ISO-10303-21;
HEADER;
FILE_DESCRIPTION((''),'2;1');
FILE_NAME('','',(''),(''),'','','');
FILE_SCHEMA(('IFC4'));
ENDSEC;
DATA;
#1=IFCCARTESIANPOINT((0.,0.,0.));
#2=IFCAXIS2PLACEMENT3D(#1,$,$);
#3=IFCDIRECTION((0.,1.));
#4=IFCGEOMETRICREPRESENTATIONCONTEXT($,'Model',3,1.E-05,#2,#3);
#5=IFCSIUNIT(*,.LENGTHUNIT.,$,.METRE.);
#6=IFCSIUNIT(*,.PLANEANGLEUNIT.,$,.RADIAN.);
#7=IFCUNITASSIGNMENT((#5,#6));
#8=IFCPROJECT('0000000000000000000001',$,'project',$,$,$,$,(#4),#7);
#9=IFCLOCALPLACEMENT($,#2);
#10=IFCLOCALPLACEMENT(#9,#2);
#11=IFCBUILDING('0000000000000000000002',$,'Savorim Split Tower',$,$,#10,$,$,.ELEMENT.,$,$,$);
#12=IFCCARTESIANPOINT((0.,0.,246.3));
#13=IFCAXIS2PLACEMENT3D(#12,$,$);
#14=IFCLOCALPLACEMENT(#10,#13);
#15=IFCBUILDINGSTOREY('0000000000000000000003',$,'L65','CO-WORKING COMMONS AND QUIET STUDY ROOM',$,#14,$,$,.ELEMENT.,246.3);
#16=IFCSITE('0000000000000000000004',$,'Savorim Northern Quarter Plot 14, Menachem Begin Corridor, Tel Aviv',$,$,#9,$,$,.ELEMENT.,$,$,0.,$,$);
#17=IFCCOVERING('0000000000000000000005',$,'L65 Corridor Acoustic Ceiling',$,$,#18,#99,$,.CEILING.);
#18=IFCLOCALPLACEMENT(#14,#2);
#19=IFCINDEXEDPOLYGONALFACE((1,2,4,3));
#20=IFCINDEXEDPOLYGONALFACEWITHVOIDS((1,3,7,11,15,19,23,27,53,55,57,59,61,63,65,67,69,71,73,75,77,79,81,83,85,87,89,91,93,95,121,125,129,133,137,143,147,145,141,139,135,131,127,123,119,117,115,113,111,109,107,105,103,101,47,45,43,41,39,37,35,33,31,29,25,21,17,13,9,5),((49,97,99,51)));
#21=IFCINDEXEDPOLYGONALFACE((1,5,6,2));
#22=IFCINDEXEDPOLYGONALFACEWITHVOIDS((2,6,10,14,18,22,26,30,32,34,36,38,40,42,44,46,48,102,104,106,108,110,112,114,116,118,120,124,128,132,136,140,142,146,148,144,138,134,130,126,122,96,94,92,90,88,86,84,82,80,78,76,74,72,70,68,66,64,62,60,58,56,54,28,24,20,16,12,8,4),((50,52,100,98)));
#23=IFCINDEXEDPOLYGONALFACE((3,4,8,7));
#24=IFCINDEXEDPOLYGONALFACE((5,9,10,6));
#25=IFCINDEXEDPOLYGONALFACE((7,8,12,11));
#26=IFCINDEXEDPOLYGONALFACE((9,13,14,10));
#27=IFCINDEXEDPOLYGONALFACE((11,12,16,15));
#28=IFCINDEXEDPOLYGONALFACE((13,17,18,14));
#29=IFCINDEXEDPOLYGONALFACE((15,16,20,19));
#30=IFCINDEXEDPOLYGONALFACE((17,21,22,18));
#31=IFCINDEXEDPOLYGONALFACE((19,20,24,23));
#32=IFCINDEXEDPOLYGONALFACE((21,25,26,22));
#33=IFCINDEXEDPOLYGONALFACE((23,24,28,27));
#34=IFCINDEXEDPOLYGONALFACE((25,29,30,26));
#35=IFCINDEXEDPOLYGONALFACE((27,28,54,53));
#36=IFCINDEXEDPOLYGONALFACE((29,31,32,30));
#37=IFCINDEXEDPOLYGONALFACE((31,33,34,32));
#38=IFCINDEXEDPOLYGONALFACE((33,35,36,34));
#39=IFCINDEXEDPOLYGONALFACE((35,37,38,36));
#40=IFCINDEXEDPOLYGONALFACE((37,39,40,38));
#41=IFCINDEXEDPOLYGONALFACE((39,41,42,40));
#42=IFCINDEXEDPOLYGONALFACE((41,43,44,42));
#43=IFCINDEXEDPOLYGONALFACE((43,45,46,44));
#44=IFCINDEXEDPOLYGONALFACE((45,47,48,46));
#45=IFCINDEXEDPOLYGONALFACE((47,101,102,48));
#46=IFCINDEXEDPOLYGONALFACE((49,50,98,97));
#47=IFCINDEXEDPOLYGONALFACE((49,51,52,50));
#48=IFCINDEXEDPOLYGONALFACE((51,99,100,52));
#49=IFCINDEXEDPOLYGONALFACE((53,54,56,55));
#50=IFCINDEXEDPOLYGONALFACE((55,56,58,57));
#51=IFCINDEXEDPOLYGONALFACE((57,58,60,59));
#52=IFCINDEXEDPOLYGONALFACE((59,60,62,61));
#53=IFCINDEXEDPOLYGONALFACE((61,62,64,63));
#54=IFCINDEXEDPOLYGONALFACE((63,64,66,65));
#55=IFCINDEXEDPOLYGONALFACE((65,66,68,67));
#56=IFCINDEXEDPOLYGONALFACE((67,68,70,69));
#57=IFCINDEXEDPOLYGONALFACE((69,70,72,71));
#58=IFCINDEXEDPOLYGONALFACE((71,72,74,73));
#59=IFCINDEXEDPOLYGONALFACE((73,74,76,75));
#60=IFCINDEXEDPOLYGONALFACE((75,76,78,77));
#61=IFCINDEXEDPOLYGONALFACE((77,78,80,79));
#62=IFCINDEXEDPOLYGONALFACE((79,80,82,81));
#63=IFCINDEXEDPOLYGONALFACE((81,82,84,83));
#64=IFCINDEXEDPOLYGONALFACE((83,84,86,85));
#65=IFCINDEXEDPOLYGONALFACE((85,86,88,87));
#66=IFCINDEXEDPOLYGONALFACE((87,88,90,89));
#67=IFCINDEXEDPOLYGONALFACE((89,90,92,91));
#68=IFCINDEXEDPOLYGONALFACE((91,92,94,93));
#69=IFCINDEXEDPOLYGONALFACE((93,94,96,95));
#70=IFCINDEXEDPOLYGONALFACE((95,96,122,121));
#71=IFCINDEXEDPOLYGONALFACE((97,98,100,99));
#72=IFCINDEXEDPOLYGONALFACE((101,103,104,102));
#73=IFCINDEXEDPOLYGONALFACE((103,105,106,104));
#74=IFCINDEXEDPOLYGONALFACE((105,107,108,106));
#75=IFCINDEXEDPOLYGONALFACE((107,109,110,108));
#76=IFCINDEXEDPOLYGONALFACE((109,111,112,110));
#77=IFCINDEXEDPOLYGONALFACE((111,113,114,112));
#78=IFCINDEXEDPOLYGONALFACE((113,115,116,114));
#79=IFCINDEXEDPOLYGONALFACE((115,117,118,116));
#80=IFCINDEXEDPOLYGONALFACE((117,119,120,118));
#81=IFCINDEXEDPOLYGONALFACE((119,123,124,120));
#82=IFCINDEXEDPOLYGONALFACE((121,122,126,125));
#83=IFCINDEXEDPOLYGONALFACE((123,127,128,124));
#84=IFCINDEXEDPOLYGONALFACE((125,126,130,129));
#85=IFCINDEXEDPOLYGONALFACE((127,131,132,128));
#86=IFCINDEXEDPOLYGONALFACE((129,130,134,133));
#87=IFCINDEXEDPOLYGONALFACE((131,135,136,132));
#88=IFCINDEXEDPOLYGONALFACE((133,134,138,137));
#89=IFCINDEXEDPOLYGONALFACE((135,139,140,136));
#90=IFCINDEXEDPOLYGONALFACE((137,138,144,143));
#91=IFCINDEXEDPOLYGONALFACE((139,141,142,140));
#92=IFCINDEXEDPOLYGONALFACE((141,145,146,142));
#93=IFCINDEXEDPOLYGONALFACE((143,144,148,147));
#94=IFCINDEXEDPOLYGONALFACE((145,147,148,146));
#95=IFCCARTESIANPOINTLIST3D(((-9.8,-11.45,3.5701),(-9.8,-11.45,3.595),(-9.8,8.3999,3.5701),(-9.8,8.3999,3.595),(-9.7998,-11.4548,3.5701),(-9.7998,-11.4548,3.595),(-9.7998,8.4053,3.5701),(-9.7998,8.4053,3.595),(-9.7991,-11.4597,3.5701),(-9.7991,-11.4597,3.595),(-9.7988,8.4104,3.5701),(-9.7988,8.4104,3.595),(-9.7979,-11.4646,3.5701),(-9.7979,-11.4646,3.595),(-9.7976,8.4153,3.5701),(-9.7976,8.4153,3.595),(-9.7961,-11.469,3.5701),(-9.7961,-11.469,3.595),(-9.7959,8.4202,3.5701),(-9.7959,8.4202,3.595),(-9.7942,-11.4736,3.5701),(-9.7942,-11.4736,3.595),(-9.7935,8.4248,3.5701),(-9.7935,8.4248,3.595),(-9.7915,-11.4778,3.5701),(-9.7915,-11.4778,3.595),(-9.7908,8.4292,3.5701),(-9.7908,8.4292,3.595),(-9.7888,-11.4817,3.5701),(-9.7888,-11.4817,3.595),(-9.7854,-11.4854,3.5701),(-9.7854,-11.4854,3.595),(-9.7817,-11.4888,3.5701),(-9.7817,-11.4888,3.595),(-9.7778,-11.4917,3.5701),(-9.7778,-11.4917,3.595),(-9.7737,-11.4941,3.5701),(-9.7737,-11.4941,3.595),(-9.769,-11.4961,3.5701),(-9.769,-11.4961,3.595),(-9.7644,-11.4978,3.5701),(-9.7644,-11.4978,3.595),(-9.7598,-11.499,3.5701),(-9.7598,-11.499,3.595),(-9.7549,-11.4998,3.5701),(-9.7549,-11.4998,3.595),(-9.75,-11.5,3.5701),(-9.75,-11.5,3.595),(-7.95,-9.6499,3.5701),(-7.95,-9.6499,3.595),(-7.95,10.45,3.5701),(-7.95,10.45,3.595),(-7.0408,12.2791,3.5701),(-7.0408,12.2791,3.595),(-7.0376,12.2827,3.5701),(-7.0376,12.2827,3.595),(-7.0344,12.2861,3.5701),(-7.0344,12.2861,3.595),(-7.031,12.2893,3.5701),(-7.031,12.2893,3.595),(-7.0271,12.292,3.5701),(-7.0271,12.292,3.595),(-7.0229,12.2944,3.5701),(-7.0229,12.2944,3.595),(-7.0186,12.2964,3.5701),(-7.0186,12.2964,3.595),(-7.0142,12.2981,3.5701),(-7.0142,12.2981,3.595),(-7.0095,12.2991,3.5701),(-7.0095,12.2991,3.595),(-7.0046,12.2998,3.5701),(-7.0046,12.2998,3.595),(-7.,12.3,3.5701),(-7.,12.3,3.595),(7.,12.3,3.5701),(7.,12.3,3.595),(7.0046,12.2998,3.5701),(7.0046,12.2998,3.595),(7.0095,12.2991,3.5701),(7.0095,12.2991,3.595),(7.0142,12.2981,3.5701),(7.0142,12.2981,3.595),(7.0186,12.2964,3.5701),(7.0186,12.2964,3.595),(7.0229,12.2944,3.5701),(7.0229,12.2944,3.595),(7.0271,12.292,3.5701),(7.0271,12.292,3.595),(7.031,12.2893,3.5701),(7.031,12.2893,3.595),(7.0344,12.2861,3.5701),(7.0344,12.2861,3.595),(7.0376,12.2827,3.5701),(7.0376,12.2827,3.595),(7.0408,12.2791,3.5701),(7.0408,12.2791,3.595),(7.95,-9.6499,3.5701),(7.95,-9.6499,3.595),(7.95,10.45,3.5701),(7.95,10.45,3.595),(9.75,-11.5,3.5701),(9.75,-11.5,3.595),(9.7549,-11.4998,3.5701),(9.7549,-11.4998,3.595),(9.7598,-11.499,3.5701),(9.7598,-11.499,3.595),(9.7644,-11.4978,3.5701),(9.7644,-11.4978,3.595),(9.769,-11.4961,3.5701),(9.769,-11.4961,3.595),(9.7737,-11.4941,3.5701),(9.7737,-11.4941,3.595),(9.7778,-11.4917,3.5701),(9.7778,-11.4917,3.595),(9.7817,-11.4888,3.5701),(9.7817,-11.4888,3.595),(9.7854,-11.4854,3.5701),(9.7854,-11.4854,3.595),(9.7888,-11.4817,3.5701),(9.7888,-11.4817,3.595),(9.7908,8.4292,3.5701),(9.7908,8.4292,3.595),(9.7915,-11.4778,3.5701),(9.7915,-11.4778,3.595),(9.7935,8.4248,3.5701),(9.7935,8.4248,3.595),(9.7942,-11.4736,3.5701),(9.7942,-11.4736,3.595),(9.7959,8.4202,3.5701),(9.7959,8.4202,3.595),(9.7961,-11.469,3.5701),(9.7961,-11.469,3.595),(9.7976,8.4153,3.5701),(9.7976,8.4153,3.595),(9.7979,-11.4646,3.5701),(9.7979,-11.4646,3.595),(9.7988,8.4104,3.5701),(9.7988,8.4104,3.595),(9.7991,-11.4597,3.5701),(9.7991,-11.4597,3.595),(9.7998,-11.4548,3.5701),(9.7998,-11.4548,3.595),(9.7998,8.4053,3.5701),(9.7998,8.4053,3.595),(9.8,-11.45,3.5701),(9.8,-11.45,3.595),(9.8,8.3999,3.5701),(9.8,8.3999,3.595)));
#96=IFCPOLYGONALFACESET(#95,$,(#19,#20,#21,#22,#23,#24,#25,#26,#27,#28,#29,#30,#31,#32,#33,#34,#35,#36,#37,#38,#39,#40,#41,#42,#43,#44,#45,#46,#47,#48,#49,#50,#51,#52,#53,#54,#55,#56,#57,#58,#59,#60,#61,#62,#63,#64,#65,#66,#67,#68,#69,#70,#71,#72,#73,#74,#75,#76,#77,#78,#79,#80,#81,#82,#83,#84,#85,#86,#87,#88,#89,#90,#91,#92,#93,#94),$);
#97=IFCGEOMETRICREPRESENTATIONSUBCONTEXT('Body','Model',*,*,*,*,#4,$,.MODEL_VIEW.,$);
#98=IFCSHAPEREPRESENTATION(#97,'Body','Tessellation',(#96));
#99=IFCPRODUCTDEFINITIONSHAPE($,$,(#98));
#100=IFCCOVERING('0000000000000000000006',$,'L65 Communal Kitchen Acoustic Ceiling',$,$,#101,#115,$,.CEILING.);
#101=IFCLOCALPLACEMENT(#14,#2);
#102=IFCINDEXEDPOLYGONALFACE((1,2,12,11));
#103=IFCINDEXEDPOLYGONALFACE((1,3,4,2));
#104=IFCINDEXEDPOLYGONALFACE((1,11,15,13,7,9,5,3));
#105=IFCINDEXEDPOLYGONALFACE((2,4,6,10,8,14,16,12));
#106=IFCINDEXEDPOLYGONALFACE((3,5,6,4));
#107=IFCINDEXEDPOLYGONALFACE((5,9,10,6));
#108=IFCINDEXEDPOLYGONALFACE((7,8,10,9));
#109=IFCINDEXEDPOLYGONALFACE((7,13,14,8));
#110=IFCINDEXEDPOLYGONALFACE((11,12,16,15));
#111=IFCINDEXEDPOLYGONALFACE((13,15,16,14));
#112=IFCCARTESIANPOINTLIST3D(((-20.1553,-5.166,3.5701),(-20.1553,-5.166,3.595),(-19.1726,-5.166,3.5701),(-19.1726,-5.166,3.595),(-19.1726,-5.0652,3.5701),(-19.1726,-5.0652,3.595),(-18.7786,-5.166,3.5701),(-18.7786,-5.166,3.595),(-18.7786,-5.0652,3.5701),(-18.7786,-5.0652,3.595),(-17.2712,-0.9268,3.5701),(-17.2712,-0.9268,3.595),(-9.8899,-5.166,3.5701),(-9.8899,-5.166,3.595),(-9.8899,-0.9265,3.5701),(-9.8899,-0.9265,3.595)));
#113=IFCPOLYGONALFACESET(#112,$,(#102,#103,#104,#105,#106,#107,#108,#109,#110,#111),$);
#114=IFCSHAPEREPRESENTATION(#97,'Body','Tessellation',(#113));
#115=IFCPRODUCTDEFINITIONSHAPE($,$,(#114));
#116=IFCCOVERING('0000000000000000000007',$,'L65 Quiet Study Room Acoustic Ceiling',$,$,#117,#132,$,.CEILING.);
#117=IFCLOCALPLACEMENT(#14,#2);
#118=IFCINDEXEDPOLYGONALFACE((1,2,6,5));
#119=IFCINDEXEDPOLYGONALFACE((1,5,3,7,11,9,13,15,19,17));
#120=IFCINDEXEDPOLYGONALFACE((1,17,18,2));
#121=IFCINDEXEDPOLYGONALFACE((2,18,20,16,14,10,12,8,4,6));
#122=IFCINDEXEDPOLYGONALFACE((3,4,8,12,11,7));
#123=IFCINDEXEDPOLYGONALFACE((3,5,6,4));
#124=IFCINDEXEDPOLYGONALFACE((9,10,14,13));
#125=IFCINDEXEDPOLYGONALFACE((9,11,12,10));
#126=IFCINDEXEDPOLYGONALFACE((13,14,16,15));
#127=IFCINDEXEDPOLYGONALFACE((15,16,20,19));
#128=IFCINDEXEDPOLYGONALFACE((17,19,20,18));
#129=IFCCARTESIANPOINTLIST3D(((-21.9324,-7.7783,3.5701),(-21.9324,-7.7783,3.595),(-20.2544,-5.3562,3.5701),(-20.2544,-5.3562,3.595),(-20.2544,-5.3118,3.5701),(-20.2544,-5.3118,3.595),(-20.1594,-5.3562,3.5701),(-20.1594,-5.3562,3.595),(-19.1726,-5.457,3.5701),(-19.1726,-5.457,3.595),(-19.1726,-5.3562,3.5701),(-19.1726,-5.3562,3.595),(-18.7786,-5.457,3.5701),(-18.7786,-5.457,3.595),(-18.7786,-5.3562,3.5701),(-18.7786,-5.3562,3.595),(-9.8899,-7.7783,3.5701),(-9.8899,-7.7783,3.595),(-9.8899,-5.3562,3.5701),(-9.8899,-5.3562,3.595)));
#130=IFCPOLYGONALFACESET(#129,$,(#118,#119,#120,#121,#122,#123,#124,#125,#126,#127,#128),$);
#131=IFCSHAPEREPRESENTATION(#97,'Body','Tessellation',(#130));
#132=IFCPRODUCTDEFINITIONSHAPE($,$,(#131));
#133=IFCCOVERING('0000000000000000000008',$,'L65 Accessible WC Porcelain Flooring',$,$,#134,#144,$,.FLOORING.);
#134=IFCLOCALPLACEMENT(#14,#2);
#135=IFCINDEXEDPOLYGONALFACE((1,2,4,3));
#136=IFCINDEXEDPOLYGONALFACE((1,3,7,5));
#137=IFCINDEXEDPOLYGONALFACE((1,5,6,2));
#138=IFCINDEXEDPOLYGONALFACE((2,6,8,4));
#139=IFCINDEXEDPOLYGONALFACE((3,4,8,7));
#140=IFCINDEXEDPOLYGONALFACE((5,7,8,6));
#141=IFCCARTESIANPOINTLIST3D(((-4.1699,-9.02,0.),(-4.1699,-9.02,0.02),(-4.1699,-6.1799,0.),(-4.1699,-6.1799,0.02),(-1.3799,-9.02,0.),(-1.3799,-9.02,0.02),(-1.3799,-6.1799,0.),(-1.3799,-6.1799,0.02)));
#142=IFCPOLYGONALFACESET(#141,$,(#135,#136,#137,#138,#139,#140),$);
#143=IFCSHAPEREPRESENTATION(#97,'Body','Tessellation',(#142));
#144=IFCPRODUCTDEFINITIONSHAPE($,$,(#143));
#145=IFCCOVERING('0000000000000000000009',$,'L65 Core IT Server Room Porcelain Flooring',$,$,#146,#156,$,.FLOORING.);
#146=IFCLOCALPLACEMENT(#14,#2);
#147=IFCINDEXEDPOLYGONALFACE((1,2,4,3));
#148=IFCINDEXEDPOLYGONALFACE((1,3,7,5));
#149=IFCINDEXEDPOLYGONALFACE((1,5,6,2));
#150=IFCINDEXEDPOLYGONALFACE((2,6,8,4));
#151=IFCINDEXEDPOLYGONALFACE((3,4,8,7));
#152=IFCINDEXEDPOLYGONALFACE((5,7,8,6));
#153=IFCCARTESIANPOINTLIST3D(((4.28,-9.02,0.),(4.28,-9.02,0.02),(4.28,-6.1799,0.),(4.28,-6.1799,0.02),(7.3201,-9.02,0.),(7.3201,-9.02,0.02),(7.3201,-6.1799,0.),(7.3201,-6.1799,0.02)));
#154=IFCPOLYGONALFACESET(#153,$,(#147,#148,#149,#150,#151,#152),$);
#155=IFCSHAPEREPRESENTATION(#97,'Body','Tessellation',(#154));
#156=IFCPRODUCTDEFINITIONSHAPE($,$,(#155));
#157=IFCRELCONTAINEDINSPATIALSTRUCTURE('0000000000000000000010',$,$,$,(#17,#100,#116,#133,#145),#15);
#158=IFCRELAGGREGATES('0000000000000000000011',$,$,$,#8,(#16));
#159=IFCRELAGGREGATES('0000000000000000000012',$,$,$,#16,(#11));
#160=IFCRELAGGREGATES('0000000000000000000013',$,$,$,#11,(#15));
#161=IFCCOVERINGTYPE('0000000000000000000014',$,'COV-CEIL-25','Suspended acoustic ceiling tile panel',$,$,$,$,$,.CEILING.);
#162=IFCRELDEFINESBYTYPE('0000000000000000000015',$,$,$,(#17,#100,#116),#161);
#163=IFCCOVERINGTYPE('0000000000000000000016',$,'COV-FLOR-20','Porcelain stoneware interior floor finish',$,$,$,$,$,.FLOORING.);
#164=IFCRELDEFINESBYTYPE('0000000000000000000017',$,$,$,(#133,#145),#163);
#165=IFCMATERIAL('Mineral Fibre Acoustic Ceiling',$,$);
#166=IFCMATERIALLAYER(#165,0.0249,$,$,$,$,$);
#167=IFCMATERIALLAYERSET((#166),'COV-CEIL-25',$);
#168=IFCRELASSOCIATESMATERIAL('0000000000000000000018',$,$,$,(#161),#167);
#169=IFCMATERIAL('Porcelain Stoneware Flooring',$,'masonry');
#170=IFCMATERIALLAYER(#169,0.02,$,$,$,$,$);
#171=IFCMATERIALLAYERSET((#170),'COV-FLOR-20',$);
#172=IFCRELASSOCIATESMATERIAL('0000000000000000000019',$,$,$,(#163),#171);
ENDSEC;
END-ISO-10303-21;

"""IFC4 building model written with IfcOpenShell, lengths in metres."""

from ifc_helpers import new_model, si_unit, direction, frame, origin, place, context, subcontext, project, spatial, polyline, outline, extrude, material, layer, layer_set, type_object, element, save


model = new_model("IFC4")

# Units and contexts
model_context = context("Model", 3, precision=1e-05, world=origin(), true_north=direction((0.0, 1.0)))
body_context = subcontext(model_context, "Body", "Model", "MODEL_VIEW")
ifc_project = project(units=[si_unit("LENGTHUNIT", "METRE"), si_unit("PLANEANGLEUNIT", "RADIAN")], contexts=[model_context])

# Site, building, storey
site_placement = place(None, origin())
site = spatial("IfcSite", under=ifc_project, at=site_placement, Name="Savorim Northern Quarter Plot 14, Menachem Begin Corridor, Tel Aviv", CompositionType="ELEMENT", RefElevation=0.0)
building_placement = place(site_placement, origin())
building = spatial("IfcBuilding", under=site, at=building_placement, Name="Savorim Split Tower", CompositionType="ELEMENT")
storey_placement = place(building_placement, frame((0.0, 0.0, 246.3)))
storey = spatial("IfcBuildingStorey", under=building, at=storey_placement, Name="L65", Description="CO-WORKING COMMONS AND QUIET STUDY ROOM", CompositionType="ELEMENT", Elevation=246.3)

# Coverings
ifc_material_1 = material(Name="Mineral Fibre Acoustic Ceiling")
ifc_layer_1 = layer(ifc_material_1, 0.0249)
ifc_layer_set_1 = layer_set([ifc_layer_1], Name="COV-CEIL-25")
covering_type_1 = type_object("IfcCoveringType", Name="COV-CEIL-25", Description="Suspended acoustic ceiling tile panel", PredefinedType="CEILING", material=ifc_layer_set_1)
covering_1_placement = place(storey_placement, frame((0.0, 0.0, 3.5701)))
element("IfcCovering", 1, at=covering_1_placement, inside=storey, type_object=covering_type_1, Name="L65 Corridor Acoustic Ceiling", PredefinedType="CEILING", context=body_context, shape_type="SweptSolid", body=[
    extrude(outline(polyline([(7.0095, 12.2991), (7.0046, 12.2998), (7.0, 12.3), (-7.0, 12.3), (-7.0046, 12.2998), (-7.0095, 12.2991), (-7.0142, 12.2981), (-7.0186, 12.2964), (-7.0229, 12.2944), (-7.0271, 12.292), (-7.031, 12.2893), (-7.0344, 12.2861), (-7.0376, 12.2827), (-7.0408, 12.2791), (-9.7908, 8.4292), (-9.7935, 8.4248), (-9.7959, 8.4202), (-9.7976, 8.4153), (-9.7988, 8.4104), (-9.7998, 8.4053), (-9.8, 8.3999), (-9.8, -11.45), (-9.7998, -11.4548), (-9.7991, -11.4597), (-9.7979, -11.4646), (-9.7961, -11.469), (-9.7942, -11.4736), (-9.7915, -11.4778), (-9.7888, -11.4817), (-9.7854, -11.4854), (-9.7817, -11.4888), (-9.7778, -11.4917), (-9.7737, -11.4941), (-9.769, -11.4961), (-9.7644, -11.4978), (-9.7598, -11.499), (-9.7549, -11.4998), (-9.75, -11.5), (9.75, -11.5), (9.7549, -11.4998), (9.7598, -11.499), (9.7644, -11.4978), (9.769, -11.4961), (9.7737, -11.4941), (9.7778, -11.4917), (9.7817, -11.4888), (9.7854, -11.4854), (9.7888, -11.4817), (9.7915, -11.4778), (9.7942, -11.4736), (9.7961, -11.469), (9.7979, -11.4646), (9.7991, -11.4597), (9.7998, -11.4548), (9.8, -11.45), (9.8, 8.3999), (9.7998, 8.4053), (9.7988, 8.4104), (9.7976, 8.4153), (9.7959, 8.4202), (9.7935, 8.4248), (9.7908, 8.4292), (7.0408, 12.2791), (7.0376, 12.2827), (7.0344, 12.2861), (7.031, 12.2893), (7.0271, 12.292), (7.0229, 12.2944), (7.0186, 12.2964), (7.0142, 12.2981), (7.0095, 12.2991)]), holes=[polyline([(-7.95, 10.45), (-7.95, -9.6499), (7.95, -9.6499), (7.95, 10.45), (-7.95, 10.45)])]), origin(), (0.0, 0.0, 1.0), 0.0249),
])
covering_2_placement = place(storey_placement, frame((0.0, 0.0, 3.5701)))
element("IfcCovering", 2, at=covering_2_placement, inside=storey, type_object=covering_type_1, Name="L65 Communal Kitchen Acoustic Ceiling", PredefinedType="CEILING", context=body_context, shape_type="SweptSolid", body=[
    extrude(outline(polyline([(-18.7786, -5.0652), (-18.7786, -5.166), (-9.8899, -5.166), (-9.8899, -0.9265), (-17.2712, -0.9268), (-20.1553, -5.166), (-19.1726, -5.166), (-19.1726, -5.0652), (-18.7786, -5.0652)])), origin(), (0.0, 0.0, 1.0), 0.0249),
])
covering_3_placement = place(storey_placement, frame((0.0, 0.0, 3.5701)))
element("IfcCovering", 3, at=covering_3_placement, inside=storey, type_object=covering_type_1, Name="L65 Quiet Study Room Acoustic Ceiling", PredefinedType="CEILING", context=body_context, shape_type="SweptSolid", body=[
    extrude(outline(polyline([(-20.1594, -5.3562), (-20.2544, -5.3562), (-20.2544, -5.3118), (-21.9324, -7.7783), (-9.8899, -7.7783), (-9.8899, -5.3562), (-18.7786, -5.3562), (-18.7786, -5.457), (-19.1726, -5.457), (-19.1726, -5.3562), (-20.1594, -5.3562)])), origin(), (0.0, 0.0, 1.0), 0.0249),
])
ifc_material_2 = material(Name="Porcelain Stoneware Flooring", Category="masonry")
ifc_layer_2 = layer(ifc_material_2, 0.02)
ifc_layer_set_2 = layer_set([ifc_layer_2], Name="COV-FLOR-20")
covering_type_2 = type_object("IfcCoveringType", Name="COV-FLOR-20", Description="Porcelain stoneware interior floor finish", PredefinedType="FLOORING", material=ifc_layer_set_2)
covering_4_placement = place(storey_placement, origin())
element("IfcCovering", 4, at=covering_4_placement, inside=storey, type_object=covering_type_2, Name="L65 Accessible WC Porcelain Flooring", PredefinedType="FLOORING", context=body_context, shape_type="SweptSolid", body=[
    extrude(outline(polyline([(-4.1699, -6.1799), (-4.1699, -9.02), (-1.3799, -9.02), (-1.3799, -6.1799), (-4.1699, -6.1799)])), origin(), (0.0, 0.0, 1.0), 0.02),
])
covering_5_placement = place(storey_placement, origin())
element("IfcCovering", 5, at=covering_5_placement, inside=storey, type_object=covering_type_2, Name="L65 Core IT Server Room Porcelain Flooring", PredefinedType="FLOORING", context=body_context, shape_type="SweptSolid", body=[
    extrude(outline(polyline([(4.28, -6.1799), (4.28, -9.02), (7.3201, -9.02), (7.3201, -6.1799), (4.28, -6.1799)])), origin(), (0.0, 0.0, 1.0), 0.02),
])

save(model, "model.ifc")
